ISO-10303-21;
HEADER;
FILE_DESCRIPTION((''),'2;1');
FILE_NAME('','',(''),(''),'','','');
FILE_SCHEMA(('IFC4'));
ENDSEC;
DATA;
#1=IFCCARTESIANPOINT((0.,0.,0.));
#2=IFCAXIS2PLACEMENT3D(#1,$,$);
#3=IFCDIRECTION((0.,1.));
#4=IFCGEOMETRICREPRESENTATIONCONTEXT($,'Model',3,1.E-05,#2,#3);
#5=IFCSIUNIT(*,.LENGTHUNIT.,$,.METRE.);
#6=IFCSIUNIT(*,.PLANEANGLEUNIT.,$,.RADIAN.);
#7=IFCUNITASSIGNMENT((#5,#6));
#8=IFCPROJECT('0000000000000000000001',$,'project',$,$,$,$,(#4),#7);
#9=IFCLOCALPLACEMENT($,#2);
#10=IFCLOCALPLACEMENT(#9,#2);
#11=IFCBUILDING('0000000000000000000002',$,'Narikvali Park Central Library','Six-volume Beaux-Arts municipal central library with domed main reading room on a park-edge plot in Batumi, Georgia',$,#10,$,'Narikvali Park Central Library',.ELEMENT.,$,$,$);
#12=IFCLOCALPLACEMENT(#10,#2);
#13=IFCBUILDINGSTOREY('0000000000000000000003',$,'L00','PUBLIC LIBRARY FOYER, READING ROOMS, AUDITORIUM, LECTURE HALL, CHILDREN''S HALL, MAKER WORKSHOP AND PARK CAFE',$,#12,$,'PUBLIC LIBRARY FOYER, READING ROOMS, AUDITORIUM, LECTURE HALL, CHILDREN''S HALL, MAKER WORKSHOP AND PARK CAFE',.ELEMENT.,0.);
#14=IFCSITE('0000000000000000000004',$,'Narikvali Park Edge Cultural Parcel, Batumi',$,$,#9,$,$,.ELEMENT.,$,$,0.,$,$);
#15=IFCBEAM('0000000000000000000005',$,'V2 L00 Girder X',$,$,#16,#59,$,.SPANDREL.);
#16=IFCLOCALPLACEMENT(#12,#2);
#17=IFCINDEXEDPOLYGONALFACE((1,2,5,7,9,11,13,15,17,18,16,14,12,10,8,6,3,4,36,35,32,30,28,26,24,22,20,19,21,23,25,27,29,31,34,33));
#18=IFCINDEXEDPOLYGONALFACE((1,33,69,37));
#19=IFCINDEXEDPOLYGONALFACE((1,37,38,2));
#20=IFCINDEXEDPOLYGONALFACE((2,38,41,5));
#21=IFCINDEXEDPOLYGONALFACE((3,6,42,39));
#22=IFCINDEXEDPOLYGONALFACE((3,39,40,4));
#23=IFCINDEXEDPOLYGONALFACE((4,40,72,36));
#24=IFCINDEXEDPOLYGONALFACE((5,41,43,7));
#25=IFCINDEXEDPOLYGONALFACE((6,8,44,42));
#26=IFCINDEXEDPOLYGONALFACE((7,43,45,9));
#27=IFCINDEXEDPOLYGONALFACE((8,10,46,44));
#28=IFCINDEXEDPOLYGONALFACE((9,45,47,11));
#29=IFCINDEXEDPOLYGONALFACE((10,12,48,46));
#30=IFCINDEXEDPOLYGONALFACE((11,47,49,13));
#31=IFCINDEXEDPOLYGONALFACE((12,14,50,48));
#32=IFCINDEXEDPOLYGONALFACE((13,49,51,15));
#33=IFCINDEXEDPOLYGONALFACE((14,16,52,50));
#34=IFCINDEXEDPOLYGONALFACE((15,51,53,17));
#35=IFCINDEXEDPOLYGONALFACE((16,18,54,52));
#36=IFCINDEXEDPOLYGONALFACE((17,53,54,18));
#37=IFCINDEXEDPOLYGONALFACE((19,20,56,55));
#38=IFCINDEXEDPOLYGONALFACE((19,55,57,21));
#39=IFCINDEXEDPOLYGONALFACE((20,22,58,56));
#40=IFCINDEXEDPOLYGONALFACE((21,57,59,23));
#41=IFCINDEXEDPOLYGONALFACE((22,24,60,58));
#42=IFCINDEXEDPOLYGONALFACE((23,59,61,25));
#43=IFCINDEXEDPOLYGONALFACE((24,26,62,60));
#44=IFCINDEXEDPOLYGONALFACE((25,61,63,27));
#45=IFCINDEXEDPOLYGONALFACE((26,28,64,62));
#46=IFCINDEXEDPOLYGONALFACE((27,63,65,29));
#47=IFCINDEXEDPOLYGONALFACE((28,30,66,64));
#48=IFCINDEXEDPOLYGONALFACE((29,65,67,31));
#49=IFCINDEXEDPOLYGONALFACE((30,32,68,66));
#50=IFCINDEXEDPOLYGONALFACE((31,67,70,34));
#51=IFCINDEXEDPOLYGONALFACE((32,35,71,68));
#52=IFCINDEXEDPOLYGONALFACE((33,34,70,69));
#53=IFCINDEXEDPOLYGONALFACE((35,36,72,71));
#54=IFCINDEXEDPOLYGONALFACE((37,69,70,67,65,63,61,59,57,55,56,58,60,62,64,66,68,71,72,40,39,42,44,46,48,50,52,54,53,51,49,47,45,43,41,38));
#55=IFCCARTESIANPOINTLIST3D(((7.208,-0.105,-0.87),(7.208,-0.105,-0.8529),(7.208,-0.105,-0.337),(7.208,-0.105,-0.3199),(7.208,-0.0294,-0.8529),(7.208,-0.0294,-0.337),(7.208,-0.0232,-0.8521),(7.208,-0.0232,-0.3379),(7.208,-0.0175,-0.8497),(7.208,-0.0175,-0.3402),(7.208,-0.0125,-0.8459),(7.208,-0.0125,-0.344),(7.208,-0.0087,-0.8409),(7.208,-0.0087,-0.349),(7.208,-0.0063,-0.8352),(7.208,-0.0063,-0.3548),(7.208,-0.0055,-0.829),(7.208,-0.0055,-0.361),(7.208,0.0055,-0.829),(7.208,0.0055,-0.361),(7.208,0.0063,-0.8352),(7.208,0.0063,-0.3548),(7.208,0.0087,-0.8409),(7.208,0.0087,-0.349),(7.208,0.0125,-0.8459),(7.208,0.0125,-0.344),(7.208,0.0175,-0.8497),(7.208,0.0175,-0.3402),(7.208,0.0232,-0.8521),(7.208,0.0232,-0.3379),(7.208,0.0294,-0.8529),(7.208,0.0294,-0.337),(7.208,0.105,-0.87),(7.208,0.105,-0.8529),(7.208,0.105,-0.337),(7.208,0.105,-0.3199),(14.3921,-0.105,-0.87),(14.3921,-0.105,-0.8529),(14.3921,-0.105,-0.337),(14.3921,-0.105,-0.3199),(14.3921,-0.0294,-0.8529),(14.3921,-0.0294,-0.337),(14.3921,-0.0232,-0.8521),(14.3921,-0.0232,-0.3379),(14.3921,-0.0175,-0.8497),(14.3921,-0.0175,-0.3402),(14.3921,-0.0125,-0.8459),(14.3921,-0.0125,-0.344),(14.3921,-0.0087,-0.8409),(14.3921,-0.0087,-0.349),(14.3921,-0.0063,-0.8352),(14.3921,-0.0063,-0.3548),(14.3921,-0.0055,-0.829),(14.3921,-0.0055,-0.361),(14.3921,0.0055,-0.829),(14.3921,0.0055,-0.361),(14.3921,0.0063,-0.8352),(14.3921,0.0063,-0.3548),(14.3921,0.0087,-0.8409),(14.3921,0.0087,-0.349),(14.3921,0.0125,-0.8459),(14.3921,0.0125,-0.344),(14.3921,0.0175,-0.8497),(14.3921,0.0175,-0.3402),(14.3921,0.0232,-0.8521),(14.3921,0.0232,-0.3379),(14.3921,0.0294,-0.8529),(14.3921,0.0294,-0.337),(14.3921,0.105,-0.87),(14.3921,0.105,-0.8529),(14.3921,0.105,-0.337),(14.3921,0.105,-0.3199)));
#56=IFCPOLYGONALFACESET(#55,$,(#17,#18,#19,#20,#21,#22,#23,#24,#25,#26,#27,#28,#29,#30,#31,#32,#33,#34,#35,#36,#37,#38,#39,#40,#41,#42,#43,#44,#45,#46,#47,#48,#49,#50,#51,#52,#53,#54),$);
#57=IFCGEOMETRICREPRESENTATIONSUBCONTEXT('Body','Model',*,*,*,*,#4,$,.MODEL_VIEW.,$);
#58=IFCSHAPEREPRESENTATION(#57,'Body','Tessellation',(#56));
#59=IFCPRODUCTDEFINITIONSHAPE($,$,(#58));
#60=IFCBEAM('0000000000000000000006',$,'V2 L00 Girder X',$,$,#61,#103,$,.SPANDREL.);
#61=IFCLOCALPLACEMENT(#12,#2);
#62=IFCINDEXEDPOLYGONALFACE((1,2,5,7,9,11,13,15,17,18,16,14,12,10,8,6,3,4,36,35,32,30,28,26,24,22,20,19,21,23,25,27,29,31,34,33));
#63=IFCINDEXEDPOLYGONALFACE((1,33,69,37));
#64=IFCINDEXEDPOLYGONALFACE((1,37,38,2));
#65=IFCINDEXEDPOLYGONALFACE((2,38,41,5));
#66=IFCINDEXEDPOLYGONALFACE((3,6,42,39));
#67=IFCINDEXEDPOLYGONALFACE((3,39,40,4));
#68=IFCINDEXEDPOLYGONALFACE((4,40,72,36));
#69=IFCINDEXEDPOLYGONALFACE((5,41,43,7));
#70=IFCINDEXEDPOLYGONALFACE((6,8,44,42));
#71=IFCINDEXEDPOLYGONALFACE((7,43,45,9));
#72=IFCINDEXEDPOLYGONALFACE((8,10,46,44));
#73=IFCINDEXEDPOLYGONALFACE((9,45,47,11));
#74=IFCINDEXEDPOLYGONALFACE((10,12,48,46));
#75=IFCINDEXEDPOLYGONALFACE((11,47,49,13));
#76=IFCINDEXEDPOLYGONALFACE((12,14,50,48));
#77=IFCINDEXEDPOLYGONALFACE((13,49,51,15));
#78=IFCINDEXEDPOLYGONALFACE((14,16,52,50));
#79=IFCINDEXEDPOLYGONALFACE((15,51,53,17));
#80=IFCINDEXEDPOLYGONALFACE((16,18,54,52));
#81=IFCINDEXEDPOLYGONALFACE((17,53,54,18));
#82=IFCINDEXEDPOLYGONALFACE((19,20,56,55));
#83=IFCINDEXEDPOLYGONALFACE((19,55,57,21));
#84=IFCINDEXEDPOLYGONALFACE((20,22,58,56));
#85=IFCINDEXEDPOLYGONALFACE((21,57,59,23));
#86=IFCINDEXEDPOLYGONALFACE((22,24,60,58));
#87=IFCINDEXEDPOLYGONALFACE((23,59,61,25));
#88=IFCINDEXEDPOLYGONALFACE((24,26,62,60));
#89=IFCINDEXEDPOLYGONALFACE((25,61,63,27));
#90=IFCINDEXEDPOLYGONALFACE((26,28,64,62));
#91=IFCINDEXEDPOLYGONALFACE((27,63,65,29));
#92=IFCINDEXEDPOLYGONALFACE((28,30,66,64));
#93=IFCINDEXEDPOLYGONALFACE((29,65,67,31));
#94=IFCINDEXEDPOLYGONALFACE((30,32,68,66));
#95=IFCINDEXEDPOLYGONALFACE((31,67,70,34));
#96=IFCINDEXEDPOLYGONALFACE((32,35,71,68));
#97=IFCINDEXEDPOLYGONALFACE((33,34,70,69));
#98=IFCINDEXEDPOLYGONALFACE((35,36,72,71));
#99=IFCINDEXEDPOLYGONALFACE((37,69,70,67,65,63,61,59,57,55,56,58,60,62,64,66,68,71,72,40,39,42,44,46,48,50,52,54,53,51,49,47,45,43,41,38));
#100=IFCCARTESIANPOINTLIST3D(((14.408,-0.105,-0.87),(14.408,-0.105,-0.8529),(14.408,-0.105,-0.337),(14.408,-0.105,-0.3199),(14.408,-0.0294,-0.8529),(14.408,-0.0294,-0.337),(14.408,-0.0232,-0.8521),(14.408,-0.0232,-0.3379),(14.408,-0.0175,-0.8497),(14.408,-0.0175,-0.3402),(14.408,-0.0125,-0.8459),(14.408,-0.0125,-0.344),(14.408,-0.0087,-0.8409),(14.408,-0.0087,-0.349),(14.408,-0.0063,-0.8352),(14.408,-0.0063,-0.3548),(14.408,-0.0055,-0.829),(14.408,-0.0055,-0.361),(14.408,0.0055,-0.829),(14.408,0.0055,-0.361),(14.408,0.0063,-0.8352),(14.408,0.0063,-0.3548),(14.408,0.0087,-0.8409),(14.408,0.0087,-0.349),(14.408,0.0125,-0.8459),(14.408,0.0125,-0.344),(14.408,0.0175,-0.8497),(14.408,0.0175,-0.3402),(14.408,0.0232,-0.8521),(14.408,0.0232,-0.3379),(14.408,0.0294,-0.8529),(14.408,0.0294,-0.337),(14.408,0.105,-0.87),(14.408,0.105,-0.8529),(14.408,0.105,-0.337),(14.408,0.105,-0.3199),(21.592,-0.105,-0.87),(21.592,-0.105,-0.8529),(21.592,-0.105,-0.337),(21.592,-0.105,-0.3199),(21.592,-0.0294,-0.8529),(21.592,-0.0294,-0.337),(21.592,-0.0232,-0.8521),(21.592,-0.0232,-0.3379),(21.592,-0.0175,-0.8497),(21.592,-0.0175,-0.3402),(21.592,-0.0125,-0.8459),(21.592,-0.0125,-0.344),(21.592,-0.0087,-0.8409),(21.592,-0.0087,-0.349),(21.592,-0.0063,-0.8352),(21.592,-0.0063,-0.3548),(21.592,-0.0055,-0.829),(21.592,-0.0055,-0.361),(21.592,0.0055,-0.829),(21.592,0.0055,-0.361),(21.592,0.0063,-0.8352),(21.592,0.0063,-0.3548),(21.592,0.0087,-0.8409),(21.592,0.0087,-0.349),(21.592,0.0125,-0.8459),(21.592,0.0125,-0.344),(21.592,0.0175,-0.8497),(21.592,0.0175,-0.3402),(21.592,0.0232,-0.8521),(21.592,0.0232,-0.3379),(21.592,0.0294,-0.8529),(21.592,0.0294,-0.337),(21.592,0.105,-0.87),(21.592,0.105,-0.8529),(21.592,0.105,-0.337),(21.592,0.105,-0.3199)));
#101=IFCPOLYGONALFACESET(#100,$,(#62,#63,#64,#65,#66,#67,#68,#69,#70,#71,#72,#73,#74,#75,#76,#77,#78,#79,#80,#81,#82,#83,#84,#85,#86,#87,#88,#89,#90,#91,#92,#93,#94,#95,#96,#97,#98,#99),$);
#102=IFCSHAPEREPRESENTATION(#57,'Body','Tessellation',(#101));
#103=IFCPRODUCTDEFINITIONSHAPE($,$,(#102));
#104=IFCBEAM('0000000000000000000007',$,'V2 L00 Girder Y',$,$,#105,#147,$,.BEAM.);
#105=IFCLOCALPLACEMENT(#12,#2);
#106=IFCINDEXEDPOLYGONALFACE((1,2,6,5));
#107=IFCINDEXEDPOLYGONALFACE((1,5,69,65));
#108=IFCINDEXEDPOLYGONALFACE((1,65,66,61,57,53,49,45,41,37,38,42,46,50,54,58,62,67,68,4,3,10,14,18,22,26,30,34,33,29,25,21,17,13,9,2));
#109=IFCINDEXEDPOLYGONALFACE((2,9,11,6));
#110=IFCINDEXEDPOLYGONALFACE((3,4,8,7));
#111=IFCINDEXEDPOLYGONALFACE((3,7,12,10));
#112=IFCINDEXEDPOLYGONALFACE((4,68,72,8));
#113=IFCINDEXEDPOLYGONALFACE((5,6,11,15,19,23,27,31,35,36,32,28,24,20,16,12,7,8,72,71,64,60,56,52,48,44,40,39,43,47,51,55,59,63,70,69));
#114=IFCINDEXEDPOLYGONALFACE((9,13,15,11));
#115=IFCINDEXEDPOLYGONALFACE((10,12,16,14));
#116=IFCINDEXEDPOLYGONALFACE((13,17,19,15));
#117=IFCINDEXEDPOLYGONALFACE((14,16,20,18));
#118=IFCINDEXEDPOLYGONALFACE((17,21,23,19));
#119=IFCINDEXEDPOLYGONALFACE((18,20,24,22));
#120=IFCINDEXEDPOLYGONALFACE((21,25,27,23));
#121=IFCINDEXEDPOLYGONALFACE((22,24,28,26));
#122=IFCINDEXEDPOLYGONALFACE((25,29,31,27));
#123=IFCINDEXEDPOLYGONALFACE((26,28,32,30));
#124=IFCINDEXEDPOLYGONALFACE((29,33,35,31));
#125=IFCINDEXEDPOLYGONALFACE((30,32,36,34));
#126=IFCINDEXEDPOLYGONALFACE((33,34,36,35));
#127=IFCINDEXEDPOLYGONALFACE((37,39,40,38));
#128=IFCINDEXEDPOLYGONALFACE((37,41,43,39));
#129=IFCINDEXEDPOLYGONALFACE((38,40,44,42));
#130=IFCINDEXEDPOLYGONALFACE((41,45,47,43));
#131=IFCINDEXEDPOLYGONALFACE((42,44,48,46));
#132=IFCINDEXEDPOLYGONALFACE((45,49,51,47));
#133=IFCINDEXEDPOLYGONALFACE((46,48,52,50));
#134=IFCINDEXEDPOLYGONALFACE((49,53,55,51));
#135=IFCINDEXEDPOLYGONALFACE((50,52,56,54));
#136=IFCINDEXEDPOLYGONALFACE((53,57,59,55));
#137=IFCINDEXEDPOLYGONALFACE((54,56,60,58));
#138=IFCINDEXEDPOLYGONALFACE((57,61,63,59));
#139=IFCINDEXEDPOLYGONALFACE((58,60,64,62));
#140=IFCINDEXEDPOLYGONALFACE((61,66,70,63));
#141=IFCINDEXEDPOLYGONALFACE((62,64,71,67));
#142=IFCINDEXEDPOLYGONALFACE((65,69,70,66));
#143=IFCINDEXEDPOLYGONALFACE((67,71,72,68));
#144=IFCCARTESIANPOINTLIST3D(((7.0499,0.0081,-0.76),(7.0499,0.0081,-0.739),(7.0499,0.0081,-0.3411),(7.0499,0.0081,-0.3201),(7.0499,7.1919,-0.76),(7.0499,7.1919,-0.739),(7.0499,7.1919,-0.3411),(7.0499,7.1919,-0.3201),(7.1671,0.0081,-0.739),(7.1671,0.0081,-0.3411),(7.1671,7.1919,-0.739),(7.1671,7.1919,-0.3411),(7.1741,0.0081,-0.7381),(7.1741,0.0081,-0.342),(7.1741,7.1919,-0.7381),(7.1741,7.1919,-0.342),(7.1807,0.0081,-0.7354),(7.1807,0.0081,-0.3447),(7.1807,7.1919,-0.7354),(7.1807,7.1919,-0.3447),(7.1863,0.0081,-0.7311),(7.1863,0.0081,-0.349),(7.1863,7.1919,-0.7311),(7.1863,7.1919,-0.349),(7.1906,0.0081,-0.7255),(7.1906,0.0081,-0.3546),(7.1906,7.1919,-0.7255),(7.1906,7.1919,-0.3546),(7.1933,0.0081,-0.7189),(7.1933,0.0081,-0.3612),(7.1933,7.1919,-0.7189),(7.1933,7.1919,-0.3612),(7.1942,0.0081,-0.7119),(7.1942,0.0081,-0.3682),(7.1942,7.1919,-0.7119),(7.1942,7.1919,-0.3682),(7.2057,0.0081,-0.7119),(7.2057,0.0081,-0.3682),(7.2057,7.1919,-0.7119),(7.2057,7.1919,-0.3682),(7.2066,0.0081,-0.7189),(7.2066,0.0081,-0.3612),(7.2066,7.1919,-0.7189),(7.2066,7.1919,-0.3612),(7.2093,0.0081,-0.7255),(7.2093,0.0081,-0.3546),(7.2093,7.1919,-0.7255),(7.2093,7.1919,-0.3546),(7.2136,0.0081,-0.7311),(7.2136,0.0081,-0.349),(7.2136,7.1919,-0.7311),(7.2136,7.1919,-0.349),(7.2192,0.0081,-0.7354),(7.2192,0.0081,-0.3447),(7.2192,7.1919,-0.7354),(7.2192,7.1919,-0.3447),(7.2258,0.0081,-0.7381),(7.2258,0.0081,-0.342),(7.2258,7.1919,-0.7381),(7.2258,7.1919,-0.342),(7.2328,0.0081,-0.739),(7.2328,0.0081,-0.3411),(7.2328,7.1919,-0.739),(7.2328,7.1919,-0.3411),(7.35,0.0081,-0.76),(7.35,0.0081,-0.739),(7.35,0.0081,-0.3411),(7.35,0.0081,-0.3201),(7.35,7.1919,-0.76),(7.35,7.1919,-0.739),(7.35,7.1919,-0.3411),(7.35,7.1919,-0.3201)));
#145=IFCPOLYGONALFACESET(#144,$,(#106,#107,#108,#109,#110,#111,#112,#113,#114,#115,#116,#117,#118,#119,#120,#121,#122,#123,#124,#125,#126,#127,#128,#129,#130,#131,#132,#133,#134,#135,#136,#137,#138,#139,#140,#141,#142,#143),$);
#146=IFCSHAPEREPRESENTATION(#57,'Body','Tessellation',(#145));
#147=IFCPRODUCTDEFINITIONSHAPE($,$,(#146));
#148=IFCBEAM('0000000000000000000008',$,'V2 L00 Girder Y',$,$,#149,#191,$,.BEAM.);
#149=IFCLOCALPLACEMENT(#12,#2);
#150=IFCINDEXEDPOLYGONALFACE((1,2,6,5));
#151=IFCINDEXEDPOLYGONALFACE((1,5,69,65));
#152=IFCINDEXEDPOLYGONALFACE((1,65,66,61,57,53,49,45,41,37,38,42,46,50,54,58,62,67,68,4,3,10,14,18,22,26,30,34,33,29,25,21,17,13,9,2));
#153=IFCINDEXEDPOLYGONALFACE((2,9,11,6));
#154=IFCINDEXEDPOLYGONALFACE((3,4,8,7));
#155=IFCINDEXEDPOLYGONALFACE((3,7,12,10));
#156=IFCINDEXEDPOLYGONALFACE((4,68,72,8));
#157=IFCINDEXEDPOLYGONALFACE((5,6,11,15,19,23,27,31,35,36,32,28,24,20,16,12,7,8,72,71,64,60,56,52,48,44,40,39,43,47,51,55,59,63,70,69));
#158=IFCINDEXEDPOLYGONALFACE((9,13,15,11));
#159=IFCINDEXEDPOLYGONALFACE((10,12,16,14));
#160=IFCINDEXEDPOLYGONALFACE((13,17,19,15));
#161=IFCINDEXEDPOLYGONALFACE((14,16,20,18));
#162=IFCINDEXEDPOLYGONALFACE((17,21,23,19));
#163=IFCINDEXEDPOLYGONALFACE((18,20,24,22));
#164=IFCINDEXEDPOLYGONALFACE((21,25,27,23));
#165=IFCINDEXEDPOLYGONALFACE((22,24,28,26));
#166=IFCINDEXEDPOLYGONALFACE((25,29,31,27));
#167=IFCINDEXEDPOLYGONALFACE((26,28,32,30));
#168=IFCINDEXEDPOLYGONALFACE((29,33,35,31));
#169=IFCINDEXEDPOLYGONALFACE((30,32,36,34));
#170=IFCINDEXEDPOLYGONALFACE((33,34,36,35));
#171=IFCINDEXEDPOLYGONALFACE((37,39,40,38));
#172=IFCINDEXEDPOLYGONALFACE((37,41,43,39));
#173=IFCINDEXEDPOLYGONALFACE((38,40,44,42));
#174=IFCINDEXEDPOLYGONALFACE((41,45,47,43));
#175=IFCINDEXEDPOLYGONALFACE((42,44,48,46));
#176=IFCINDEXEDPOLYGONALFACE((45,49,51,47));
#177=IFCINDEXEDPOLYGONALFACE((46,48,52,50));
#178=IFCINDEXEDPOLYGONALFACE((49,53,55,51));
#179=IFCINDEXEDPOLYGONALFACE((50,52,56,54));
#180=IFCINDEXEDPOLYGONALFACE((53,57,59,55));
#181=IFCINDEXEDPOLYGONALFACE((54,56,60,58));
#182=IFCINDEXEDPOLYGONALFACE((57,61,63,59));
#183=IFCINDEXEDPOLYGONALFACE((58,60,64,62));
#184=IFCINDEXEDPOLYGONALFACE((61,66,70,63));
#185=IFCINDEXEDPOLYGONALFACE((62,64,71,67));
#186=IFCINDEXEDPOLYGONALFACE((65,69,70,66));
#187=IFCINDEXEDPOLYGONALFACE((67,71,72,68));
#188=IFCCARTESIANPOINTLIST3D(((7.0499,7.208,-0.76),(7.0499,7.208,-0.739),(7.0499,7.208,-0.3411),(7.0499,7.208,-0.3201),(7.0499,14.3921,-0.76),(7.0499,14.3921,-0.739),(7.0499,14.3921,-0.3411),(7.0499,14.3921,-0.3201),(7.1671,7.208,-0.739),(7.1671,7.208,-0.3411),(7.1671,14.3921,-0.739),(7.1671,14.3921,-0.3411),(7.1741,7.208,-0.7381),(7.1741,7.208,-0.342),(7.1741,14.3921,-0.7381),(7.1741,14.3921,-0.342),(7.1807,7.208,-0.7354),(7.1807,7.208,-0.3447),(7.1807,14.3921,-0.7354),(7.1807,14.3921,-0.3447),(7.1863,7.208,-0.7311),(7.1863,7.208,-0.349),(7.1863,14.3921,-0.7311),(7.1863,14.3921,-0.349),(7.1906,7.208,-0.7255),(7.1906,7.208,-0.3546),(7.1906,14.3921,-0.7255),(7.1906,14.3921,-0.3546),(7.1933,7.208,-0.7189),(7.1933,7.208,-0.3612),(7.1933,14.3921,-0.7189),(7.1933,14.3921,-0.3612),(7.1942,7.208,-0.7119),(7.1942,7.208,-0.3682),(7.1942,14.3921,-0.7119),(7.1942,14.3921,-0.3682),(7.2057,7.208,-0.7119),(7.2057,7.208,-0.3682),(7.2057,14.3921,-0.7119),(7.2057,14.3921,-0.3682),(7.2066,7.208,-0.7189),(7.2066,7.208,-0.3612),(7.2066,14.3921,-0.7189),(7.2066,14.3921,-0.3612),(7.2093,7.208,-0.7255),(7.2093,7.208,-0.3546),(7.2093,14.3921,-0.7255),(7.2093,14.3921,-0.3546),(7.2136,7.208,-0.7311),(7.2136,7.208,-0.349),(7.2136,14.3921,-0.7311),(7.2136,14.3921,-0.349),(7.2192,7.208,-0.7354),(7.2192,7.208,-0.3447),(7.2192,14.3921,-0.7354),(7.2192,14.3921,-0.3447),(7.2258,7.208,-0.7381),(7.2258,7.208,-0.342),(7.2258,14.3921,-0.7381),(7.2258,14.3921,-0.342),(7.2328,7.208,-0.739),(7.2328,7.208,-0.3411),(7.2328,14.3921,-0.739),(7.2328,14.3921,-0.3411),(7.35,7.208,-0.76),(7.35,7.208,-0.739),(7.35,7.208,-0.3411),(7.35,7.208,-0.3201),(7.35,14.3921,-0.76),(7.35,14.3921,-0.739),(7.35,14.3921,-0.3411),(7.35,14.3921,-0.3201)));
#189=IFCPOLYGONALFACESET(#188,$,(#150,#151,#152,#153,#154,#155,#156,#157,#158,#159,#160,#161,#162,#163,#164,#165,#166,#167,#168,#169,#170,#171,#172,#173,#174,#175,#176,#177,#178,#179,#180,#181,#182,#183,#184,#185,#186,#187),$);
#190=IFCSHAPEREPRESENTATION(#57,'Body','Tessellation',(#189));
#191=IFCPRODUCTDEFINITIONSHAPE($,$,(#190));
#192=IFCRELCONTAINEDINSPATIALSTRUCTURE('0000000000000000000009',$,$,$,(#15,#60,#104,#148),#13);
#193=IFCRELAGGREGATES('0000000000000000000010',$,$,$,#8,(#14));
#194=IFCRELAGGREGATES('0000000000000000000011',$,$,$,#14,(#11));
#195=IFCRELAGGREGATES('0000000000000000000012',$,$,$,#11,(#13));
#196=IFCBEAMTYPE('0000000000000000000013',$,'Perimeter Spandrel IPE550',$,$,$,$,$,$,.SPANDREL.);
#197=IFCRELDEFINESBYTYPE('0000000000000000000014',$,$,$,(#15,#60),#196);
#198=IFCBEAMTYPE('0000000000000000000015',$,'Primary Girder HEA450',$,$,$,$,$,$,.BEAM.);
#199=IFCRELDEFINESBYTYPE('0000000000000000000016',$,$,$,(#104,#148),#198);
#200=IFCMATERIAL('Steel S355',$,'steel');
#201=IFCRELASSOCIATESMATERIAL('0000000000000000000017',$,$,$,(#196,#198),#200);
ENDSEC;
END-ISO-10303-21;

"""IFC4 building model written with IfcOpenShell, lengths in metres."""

from ifc_helpers import new_model, si_unit, direction, frame, origin, origin_2d, place, context, subcontext, project, spatial, i_section, extrude, material, material_profile, profile_set, type_object, element, save


model = new_model("IFC4")

# Units and contexts
model_context = context("Model", 3, precision=1e-05, world=origin(), true_north=direction((0.0, 1.0)))
body_context = subcontext(model_context, "Body", "Model", "MODEL_VIEW")
ifc_project = project(units=[si_unit("LENGTHUNIT", "METRE"), si_unit("PLANEANGLEUNIT", "RADIAN")], contexts=[model_context])

# Site, building, storey
site_placement = place(None, origin())
site = spatial("IfcSite", under=ifc_project, at=site_placement, Name="Narikvali Park Edge Cultural Parcel, Batumi", CompositionType="ELEMENT", RefElevation=0.0)
building_placement = place(site_placement, origin())
building = spatial("IfcBuilding", under=site, at=building_placement, Name="Narikvali Park Central Library", Description="Six-volume Beaux-Arts municipal central library with domed main reading room on a park-edge plot in Batumi, Georgia", LongName="Narikvali Park Central Library", CompositionType="ELEMENT")
storey_placement = place(building_placement, origin())
storey = spatial("IfcBuildingStorey", under=building, at=storey_placement, Name="L00", Description="PUBLIC LIBRARY FOYER, READING ROOMS, AUDITORIUM, LECTURE HALL, CHILDREN'S HALL, MAKER WORKSHOP AND PARK CAFE", LongName="PUBLIC LIBRARY FOYER, READING ROOMS, AUDITORIUM, LECTURE HALL, CHILDREN'S HALL, MAKER WORKSHOP AND PARK CAFE", CompositionType="ELEMENT", Elevation=0.0)

# Shared definitions
ifc_material_1 = material(Name="Steel S355", Category="steel")

# Beams
ifc_material_profile_1 = material_profile(ifc_material_1, i_section(OverallWidth=0.21, OverallDepth=0.55, WebThickness=0.011, FlangeThickness=0.0171, FilletRadius=0.0239, at=origin_2d()), Name="IPE 550")
ifc_profile_set_1 = profile_set([ifc_material_profile_1], Name="Steel S355")
beam_type_1 = type_object("IfcBeamType", Name="Perimeter Spandrel IPE550", PredefinedType="SPANDREL", material=ifc_profile_set_1)
for number, where, z_axis, x_axis, name in (
    (1, (7.208, 0.0, -0.595), (1.0, 0.0, 0.0), (0.0, 1.0, 0.0), "V2 L00 Girder X"),
    (2, (14.408, 0.0, -0.595), (1.0, 0.0, 0.0), (0.0, 1.0, 0.0), "V2 L00 Girder X"),
):
    element("IfcBeam", number, at=place(storey_placement, frame(where, z_axis=z_axis, x_axis=x_axis)), inside=storey, type_object=beam_type_1, Name=name, PredefinedType="SPANDREL", context=body_context, shape_type="SweptSolid", body=[
        extrude(i_section(OverallWidth=0.21, OverallDepth=0.55, WebThickness=0.011, FlangeThickness=0.0171, FilletRadius=0.0239, at=origin_2d()), origin(), (0.0, 0.0, 1.0), 7.1841),
    ])
ifc_material_profile_2 = material_profile(ifc_material_1, i_section(OverallWidth=0.3, OverallDepth=0.4399, WebThickness=0.0115, FlangeThickness=0.021, FilletRadius=0.0271, at=origin_2d()), Name="HEA 450")
ifc_profile_set_2 = profile_set([ifc_material_profile_2], Name="Steel S355")
beam_type_2 = type_object("IfcBeamType", Name="Primary Girder HEA450", PredefinedType="BEAM", material=ifc_profile_set_2)
beam_1_placement = place(storey_placement, frame((7.2, 0.0081, -0.54), z_axis=(0.0, 1.0, 0.0), x_axis=(-1.0, 0.0, 0.0)))
element("IfcBeam", 3, at=beam_1_placement, inside=storey, type_object=beam_type_2, Name="V2 L00 Girder Y", PredefinedType="BEAM", context=body_context, shape_type="SweptSolid", body=[
    extrude(i_section(OverallWidth=0.3, OverallDepth=0.4399, WebThickness=0.0115, FlangeThickness=0.021, FilletRadius=0.0271, at=origin_2d()), origin(), (0.0, 0.0, 1.0), 7.1838),
])
beam_2_placement = place(storey_placement, frame((7.2, 7.208, -0.54), z_axis=(0.0, 1.0, 0.0), x_axis=(-1.0, 0.0, 0.0)))
element("IfcBeam", 4, at=beam_2_placement, inside=storey, type_object=beam_type_2, Name="V2 L00 Girder Y", PredefinedType="BEAM", context=body_context, shape_type="SweptSolid", body=[
    extrude(i_section(OverallWidth=0.3, OverallDepth=0.4399, WebThickness=0.0115, FlangeThickness=0.021, FilletRadius=0.0271, at=origin_2d()), origin(), (0.0, 0.0, 1.0), 7.1841),
])

save(model, "model.ifc")
